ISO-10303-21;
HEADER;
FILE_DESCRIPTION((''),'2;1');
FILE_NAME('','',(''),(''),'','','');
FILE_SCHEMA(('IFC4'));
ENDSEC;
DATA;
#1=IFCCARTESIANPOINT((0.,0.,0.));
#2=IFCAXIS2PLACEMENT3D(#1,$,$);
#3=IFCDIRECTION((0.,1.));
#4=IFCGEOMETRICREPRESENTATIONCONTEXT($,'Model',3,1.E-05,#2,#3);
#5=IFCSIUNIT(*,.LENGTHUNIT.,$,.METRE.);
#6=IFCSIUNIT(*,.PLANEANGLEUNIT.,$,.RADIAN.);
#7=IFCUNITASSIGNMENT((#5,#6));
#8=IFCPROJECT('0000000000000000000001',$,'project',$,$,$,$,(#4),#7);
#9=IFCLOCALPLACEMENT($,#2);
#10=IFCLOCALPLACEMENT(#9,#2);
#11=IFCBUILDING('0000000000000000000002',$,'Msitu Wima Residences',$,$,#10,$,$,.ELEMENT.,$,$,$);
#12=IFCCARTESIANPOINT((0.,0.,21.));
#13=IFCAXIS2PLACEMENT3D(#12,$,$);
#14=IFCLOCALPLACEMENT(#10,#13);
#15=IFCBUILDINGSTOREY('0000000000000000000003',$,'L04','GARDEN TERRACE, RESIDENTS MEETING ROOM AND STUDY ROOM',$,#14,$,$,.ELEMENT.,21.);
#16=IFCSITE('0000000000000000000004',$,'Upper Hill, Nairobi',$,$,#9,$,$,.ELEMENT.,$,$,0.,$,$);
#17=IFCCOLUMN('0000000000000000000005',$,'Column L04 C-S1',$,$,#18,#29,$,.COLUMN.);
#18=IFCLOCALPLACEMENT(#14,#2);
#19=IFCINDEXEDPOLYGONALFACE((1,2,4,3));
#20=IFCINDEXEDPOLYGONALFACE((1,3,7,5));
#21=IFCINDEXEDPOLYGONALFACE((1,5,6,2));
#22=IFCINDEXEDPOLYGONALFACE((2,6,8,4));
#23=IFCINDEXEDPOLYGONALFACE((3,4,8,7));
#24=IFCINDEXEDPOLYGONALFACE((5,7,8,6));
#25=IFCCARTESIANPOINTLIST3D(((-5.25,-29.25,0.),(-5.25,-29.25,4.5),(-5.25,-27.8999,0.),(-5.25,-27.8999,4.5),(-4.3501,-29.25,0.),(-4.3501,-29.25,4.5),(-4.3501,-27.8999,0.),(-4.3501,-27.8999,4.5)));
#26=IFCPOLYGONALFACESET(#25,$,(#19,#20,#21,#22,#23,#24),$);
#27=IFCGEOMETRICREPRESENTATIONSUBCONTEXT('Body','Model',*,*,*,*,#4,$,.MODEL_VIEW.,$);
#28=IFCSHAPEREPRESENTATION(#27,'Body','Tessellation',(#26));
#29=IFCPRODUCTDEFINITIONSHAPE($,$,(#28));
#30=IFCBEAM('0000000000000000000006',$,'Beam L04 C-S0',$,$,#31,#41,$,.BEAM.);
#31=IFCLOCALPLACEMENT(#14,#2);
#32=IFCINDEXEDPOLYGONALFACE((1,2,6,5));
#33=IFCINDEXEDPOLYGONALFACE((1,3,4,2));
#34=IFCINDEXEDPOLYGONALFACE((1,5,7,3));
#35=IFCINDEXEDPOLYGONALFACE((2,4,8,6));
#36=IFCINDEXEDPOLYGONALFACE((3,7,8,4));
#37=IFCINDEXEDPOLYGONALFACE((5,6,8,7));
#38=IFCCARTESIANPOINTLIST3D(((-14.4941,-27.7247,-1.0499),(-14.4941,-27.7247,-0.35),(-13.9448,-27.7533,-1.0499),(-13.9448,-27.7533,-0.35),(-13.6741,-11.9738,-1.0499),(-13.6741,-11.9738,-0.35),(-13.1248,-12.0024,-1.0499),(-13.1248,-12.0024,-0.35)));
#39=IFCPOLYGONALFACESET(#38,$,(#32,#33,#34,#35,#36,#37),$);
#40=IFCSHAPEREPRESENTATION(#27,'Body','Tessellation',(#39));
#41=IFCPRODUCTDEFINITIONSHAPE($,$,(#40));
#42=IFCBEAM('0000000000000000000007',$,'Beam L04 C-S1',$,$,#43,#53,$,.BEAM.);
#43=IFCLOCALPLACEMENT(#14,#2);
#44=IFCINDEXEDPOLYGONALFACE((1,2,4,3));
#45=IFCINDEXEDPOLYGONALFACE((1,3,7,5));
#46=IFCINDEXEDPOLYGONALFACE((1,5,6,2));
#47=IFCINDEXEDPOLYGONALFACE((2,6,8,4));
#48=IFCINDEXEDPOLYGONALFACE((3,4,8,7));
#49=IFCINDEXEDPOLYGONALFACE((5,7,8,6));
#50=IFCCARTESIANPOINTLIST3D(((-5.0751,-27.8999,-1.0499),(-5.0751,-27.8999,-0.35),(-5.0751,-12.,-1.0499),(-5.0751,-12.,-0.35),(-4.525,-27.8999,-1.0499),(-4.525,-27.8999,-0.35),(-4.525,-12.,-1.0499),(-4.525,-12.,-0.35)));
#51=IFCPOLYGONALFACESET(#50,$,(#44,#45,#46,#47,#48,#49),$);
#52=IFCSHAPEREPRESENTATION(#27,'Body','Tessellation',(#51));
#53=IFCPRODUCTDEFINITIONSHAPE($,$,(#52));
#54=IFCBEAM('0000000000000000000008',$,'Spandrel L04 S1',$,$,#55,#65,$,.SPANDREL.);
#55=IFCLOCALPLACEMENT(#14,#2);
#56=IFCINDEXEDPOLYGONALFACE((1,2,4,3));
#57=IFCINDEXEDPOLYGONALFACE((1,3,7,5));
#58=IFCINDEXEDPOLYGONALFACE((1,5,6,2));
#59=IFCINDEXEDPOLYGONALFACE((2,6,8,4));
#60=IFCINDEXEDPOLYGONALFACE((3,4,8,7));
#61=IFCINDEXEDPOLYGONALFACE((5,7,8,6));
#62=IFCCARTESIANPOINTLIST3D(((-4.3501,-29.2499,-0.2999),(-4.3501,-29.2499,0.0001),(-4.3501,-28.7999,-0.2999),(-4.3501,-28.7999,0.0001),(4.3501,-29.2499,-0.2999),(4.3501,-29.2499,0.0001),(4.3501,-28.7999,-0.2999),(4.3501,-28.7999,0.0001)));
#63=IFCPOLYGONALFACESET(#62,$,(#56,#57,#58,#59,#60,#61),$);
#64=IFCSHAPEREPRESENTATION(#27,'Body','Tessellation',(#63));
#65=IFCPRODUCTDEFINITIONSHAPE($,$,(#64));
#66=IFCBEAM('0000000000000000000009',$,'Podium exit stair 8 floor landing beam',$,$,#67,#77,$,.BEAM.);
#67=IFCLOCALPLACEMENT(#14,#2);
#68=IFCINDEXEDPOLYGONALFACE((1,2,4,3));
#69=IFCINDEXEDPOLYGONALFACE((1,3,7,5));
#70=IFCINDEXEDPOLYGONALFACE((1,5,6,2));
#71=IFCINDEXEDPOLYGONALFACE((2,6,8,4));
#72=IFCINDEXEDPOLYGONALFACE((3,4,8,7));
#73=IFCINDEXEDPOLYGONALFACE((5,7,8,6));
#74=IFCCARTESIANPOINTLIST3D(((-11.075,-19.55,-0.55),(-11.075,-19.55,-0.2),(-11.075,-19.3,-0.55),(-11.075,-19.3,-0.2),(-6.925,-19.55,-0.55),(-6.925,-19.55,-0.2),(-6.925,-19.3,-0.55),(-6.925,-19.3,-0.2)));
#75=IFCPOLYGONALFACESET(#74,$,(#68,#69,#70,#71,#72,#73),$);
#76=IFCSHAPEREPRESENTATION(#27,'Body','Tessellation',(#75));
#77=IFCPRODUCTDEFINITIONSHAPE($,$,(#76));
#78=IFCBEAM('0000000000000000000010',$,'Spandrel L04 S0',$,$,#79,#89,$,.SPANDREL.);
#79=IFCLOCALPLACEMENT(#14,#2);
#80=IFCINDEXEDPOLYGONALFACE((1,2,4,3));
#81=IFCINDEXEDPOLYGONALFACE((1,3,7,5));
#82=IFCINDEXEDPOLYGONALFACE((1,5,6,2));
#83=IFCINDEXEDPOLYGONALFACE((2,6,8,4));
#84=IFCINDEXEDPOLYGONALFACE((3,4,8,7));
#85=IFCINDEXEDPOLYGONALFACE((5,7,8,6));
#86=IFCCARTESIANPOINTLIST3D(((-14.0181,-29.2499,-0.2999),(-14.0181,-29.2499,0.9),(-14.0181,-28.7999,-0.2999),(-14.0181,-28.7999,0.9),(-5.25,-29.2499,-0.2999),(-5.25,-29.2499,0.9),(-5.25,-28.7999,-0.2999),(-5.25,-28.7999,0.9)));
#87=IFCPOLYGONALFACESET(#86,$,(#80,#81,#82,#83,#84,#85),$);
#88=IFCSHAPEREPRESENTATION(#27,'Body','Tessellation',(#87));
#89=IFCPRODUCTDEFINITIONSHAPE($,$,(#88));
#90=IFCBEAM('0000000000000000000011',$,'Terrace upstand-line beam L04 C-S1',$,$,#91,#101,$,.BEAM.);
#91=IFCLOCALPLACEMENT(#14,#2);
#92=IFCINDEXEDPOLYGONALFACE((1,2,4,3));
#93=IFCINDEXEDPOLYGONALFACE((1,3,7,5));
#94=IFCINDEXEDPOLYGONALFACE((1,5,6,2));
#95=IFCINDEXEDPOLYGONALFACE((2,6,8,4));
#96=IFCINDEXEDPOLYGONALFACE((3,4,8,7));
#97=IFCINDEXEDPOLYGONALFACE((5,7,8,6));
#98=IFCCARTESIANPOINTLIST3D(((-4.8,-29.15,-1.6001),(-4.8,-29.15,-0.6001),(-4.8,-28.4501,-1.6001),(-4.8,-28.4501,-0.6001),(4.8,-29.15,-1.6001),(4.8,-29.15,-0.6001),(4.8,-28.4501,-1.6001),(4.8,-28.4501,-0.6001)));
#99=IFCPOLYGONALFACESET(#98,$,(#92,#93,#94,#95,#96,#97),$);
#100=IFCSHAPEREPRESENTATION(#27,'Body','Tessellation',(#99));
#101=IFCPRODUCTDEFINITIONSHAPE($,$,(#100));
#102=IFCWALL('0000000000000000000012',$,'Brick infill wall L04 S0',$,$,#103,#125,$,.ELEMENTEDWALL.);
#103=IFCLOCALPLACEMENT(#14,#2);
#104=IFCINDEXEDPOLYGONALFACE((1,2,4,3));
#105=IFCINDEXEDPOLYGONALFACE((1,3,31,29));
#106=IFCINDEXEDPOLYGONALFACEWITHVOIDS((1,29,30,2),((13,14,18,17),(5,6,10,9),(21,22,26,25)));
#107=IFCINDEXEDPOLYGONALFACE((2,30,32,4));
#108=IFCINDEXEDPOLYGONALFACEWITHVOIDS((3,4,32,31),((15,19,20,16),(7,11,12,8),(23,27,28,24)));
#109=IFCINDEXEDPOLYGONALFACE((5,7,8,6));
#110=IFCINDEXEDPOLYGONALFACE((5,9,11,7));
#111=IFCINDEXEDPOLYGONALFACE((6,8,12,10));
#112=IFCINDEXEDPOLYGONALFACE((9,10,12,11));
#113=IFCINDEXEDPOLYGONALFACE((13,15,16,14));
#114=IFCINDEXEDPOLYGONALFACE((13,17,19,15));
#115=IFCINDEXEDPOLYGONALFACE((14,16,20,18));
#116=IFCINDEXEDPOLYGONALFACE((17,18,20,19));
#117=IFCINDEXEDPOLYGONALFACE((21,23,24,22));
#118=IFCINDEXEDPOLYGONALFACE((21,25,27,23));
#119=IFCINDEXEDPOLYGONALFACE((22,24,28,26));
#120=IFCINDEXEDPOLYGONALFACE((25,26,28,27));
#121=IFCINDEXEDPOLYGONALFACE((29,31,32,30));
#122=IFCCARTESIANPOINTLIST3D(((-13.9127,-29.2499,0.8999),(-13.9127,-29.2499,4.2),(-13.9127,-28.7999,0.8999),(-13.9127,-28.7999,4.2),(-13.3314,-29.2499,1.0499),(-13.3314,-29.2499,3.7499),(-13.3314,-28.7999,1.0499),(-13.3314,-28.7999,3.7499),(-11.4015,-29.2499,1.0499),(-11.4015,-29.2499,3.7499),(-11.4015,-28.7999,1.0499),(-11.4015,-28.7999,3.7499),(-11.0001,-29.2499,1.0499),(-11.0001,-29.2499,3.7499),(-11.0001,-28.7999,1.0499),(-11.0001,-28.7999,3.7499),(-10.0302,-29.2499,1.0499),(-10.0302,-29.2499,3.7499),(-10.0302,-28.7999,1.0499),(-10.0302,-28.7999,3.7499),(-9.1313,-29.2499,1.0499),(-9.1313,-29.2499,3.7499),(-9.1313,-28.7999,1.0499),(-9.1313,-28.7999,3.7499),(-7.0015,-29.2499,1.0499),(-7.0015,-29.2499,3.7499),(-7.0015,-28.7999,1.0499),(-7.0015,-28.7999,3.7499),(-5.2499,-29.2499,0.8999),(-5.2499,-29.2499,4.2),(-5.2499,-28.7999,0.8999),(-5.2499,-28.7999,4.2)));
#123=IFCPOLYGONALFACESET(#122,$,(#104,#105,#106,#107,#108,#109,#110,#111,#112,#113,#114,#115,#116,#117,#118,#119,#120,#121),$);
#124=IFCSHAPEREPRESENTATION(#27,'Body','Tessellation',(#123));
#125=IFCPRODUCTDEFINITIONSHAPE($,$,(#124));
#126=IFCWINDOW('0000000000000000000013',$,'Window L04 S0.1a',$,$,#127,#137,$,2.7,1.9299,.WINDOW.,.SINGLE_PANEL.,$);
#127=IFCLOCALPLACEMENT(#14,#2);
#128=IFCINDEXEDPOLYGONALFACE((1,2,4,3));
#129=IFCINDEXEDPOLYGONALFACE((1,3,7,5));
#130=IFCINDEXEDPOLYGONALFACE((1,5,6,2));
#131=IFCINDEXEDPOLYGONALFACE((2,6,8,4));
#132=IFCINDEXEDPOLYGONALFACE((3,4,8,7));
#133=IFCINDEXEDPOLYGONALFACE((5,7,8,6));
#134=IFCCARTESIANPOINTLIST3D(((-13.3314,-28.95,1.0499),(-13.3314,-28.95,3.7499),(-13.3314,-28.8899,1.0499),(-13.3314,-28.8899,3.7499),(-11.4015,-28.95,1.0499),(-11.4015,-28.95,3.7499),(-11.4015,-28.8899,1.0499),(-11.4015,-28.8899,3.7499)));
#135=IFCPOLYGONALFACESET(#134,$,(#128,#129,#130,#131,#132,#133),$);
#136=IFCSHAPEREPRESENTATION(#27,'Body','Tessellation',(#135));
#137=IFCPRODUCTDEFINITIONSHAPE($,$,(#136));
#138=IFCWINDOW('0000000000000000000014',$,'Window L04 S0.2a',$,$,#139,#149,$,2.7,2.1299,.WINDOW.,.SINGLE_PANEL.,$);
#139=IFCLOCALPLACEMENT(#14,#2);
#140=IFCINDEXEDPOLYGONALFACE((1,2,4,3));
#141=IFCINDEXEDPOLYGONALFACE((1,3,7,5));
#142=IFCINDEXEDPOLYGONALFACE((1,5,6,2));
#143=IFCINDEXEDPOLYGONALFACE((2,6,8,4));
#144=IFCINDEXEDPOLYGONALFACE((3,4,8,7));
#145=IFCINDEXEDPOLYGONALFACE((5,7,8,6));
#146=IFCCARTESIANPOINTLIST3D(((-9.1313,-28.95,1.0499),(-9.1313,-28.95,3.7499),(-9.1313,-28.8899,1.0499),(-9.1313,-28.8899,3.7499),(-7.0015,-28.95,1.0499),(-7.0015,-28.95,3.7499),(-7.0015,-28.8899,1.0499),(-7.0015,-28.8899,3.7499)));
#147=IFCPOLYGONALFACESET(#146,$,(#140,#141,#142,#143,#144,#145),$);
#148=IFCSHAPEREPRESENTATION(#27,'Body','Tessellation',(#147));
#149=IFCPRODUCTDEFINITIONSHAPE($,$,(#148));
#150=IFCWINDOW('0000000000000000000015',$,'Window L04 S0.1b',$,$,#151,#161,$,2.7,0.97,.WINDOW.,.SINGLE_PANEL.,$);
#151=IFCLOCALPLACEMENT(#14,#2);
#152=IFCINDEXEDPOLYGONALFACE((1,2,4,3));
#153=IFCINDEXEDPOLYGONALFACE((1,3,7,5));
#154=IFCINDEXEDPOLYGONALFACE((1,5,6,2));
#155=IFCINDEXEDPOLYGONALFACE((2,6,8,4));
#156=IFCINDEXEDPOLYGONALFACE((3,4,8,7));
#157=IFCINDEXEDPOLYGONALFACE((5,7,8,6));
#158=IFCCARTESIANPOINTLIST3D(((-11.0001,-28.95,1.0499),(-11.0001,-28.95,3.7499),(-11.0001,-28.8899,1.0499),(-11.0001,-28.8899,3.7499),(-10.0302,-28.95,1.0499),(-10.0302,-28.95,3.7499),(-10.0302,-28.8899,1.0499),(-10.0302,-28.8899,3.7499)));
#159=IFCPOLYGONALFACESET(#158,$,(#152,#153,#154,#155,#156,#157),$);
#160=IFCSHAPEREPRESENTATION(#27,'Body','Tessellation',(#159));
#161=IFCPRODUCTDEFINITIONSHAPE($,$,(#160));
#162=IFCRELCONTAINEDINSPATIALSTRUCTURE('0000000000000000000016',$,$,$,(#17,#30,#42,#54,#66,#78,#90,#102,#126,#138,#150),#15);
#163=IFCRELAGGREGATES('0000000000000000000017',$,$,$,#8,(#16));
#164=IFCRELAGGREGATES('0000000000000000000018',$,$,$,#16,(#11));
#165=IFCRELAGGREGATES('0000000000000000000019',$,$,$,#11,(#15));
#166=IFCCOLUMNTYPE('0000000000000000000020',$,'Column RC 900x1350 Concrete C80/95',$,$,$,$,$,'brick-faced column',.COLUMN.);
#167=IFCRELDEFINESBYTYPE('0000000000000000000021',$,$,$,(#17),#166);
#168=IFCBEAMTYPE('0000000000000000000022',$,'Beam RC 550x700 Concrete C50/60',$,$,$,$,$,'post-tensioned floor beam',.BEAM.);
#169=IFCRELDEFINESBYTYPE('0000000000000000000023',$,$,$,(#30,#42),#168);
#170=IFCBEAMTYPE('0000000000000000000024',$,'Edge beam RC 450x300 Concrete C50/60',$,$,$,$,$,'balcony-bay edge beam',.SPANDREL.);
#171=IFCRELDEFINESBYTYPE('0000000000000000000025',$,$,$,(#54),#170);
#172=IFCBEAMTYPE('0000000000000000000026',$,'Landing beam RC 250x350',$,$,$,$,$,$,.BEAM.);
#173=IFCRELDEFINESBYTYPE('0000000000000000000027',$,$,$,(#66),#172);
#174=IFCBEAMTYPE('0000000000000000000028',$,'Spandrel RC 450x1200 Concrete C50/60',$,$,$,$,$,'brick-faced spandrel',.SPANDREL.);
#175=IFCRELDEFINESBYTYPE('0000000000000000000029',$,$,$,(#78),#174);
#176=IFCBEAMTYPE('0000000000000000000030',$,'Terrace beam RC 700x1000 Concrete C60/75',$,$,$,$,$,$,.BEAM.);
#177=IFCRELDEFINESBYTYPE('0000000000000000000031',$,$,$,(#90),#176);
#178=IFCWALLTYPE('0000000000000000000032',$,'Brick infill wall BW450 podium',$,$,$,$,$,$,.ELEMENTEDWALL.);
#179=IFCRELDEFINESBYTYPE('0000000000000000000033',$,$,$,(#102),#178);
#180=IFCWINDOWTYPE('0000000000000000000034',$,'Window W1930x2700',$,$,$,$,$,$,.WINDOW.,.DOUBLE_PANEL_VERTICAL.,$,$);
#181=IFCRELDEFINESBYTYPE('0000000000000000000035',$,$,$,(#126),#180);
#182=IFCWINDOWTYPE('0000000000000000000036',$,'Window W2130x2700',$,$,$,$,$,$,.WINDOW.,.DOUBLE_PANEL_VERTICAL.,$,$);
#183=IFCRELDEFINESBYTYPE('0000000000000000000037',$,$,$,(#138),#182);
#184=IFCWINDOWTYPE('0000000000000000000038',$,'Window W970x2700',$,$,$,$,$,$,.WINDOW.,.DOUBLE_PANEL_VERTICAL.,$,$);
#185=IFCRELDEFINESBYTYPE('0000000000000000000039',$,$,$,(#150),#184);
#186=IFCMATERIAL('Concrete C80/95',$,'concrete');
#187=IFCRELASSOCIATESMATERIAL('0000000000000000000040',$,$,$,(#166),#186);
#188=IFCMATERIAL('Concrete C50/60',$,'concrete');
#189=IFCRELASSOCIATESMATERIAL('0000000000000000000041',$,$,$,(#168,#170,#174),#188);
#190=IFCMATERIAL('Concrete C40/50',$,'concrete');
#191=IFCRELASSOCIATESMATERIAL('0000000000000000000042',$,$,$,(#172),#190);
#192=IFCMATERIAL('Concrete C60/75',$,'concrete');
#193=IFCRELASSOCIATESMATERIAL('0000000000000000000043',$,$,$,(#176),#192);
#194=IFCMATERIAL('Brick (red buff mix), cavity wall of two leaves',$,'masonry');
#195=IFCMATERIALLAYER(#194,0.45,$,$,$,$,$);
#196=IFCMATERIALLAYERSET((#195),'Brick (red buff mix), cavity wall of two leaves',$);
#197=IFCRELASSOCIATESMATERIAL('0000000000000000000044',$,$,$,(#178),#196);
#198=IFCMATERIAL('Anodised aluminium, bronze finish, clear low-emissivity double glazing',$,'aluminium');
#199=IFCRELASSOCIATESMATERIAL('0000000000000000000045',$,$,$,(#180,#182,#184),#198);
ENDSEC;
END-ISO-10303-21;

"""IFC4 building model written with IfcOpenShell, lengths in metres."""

from ifc_helpers import new_model, si_unit, direction, frame, frame_2d, origin, origin_2d, place, context, subcontext, project, spatial, rectangle, extrude, material, layer, layer_set, material_profile, profile_set, type_object, element, fill, save


model = new_model("IFC4")

# Units and contexts
model_context = context("Model", 3, precision=1e-05, world=origin(), true_north=direction((0.0, 1.0)))
body_context = subcontext(model_context, "Body", "Model", "MODEL_VIEW")
ifc_project = project(units=[si_unit("LENGTHUNIT", "METRE"), si_unit("PLANEANGLEUNIT", "RADIAN")], contexts=[model_context])

# Site, building, storey
site_placement = place(None, origin())
site = spatial("IfcSite", under=ifc_project, at=site_placement, Name="Upper Hill, Nairobi", CompositionType="ELEMENT", RefElevation=0.0)
building_placement = place(site_placement, origin())
building = spatial("IfcBuilding", under=site, at=building_placement, Name="Msitu Wima Residences", CompositionType="ELEMENT")
storey_placement = place(building_placement, frame((0.0, 0.0, 21.0)))
storey = spatial("IfcBuildingStorey", under=building, at=storey_placement, Name="L04", Description="GARDEN TERRACE, RESIDENTS MEETING ROOM AND STUDY ROOM", CompositionType="ELEMENT", Elevation=21.0)

# Column
ifc_material_1 = material(Name="Concrete C80/95", Category="concrete")
ifc_material_profile_1 = material_profile(ifc_material_1, rectangle(XDim=0.8999, YDim=1.3501, at=origin_2d()), Name="RC 900x1350")
ifc_profile_set_1 = profile_set([ifc_material_profile_1], Name="Concrete C80/95")
column_type = type_object("IfcColumnType", Name="Column RC 900x1350 Concrete C80/95", ElementType="brick-faced column", PredefinedType="COLUMN", material=ifc_profile_set_1)
column_placement = place(storey_placement, frame((-4.8, -28.575, 0.0), z_axis=(0.0, 0.0, 1.0), x_axis=(1.0, 0.0, 0.0)))
element("IfcColumn", 1, at=column_placement, inside=storey, type_object=column_type, Name="Column L04 C-S1", PredefinedType="COLUMN", context=body_context, shape_type="SweptSolid", body=[
    extrude(rectangle(XDim=0.8999, YDim=1.3501, at=origin_2d()), origin(), (0.0, 0.0, 1.0), 4.5),
])

# Beams
ifc_material_2 = material(Name="Concrete C50/60", Category="concrete")
ifc_material_profile_2 = material_profile(ifc_material_2, rectangle(XDim=0.55, YDim=0.7, at=origin_2d()), Name="RC 550x700")
ifc_profile_set_2 = profile_set([ifc_material_profile_2], Name="Concrete C50/60")
beam_type_1 = type_object("IfcBeamType", Name="Beam RC 550x700 Concrete C50/60", ElementType="post-tensioned floor beam", PredefinedType="BEAM", material=ifc_profile_set_2)
beam_1_placement = place(storey_placement, frame((-14.2195, -27.739, -0.7), z_axis=(0.051994, 0.998647, 0.0), x_axis=(-0.998647, 0.051994, 0.0)))
element("IfcBeam", 2, at=beam_1_placement, inside=storey, type_object=beam_type_1, Name="Beam L04 C-S0", PredefinedType="BEAM", context=body_context, shape_type="SweptSolid", body=[
    extrude(rectangle(XDim=0.55, YDim=0.7, at=origin_2d()), origin(), (0.0, 0.0, 1.0), 15.7722),
])
beam_2_placement = place(storey_placement, frame((-4.8, -27.8999, -0.7), z_axis=(0.0, 1.0, 0.0), x_axis=(-1.0, 0.0, 0.0)))
element("IfcBeam", 3, at=beam_2_placement, inside=storey, type_object=beam_type_1, Name="Beam L04 C-S1", PredefinedType="BEAM", context=body_context, shape_type="SweptSolid", body=[
    extrude(rectangle(XDim=0.55, YDim=0.7, at=origin_2d()), origin(), (0.0, 0.0, 1.0), 15.8999),
])
ifc_material_profile_3 = material_profile(ifc_material_2, rectangle(XDim=0.45, YDim=0.3, at=origin_2d()), Name="RC 450x300")
ifc_profile_set_3 = profile_set([ifc_material_profile_3], Name="Concrete C50/60")
beam_type_2 = type_object("IfcBeamType", Name="Edge beam RC 450x300 Concrete C50/60", ElementType="balcony-bay edge beam", PredefinedType="SPANDREL", material=ifc_profile_set_3)
beam_3_placement = place(storey_placement, frame((-4.3501, -29.0249, -0.1499), z_axis=(1.0, 0.0, 0.0), x_axis=(0.0, 1.0, 0.0)))
element("IfcBeam", 4, at=beam_3_placement, inside=storey, type_object=beam_type_2, Name="Spandrel L04 S1", PredefinedType="SPANDREL", context=body_context, shape_type="SweptSolid", body=[
    extrude(rectangle(XDim=0.45, YDim=0.3, at=origin_2d()), origin(), (0.0, 0.0, 1.0), 8.7002),
])
ifc_material_3 = material(Name="Concrete C40/50", Category="concrete")
ifc_material_profile_4 = material_profile(ifc_material_3, rectangle(XDim=0.25, YDim=0.3501, at=origin_2d()), Name="RC 250x350")
ifc_profile_set_4 = profile_set([ifc_material_profile_4], Name="Concrete C40/50")
beam_type_3 = type_object("IfcBeamType", Name="Landing beam RC 250x350", PredefinedType="BEAM", material=ifc_profile_set_4)
beam_4_placement = place(storey_placement, frame((-6.925, -19.425, -0.375), z_axis=(-1.0, 0.0, 0.0), x_axis=(0.0, -1.0, 0.0)))
element("IfcBeam", 5, at=beam_4_placement, inside=storey, type_object=beam_type_3, Name="Podium exit stair 8 floor landing beam", PredefinedType="BEAM", context=body_context, shape_type="SweptSolid", body=[
    extrude(rectangle(XDim=0.25, YDim=0.3501, at=origin_2d()), origin(), (0.0, 0.0, 1.0), 4.1499),
])
ifc_material_profile_5 = material_profile(ifc_material_2, rectangle(XDim=0.45, YDim=1.2, at=origin_2d()), Name="RC 450x1200")
ifc_profile_set_5 = profile_set([ifc_material_profile_5], Name="Concrete C50/60")
beam_type_4 = type_object("IfcBeamType", Name="Spandrel RC 450x1200 Concrete C50/60", ElementType="brick-faced spandrel", PredefinedType="SPANDREL", material=ifc_profile_set_5)
beam_5_placement = place(storey_placement, frame((-14.0181, -29.0249, 0.3), z_axis=(1.0, 0.0, 0.0), x_axis=(0.0, 1.0, 0.0)))
element("IfcBeam", 6, at=beam_5_placement, inside=storey, type_object=beam_type_4, Name="Spandrel L04 S0", PredefinedType="SPANDREL", context=body_context, shape_type="SweptSolid", body=[
    extrude(rectangle(XDim=0.45, YDim=1.2, at=origin_2d()), origin(), (0.0, 0.0, 1.0), 8.7681),
])
ifc_material_4 = material(Name="Concrete C60/75", Category="concrete")
ifc_material_profile_6 = material_profile(ifc_material_4, rectangle(XDim=0.7, YDim=1.0, at=origin_2d()), Name="RC 700x1000")
ifc_profile_set_6 = profile_set([ifc_material_profile_6], Name="Concrete C60/75")
beam_type_5 = type_object("IfcBeamType", Name="Terrace beam RC 700x1000 Concrete C60/75", PredefinedType="BEAM", material=ifc_profile_set_6)
beam_6_placement = place(storey_placement, frame((-4.8, -28.8, -1.1001), z_axis=(1.0, 0.0, 0.0), x_axis=(0.0, 1.0, 0.0)))
element("IfcBeam", 7, at=beam_6_placement, inside=storey, type_object=beam_type_5, Name="Terrace upstand-line beam L04 C-S1", PredefinedType="BEAM", context=body_context, shape_type="SweptSolid", body=[
    extrude(rectangle(XDim=0.7, YDim=1.0, at=origin_2d()), origin(), (0.0, 0.0, 1.0), 9.6001),
])

# Wall, openings, windows
ifc_material_5 = material(Name="Brick (red buff mix), cavity wall of two leaves", Category="masonry")
ifc_layer_1 = layer(ifc_material_5, 0.45)
ifc_layer_set_1 = layer_set([ifc_layer_1], Name="Brick (red buff mix), cavity wall of two leaves")
wall_type_1 = type_object("IfcWallType", Name="Brick infill wall BW450 podium", PredefinedType="ELEMENTEDWALL", material=ifc_layer_set_1)
wall_1_placement = place(storey_placement, frame((-13.9128, -29.0249, 0.8999), z_axis=(0.0, 0.0, 1.0), x_axis=(1.0, 0.0, 0.0)))
wall_1 = element("IfcWall", 8, at=wall_1_placement, inside=storey, type_object=wall_type_1, Name="Brick infill wall L04 S0", PredefinedType="ELEMENTEDWALL", context=body_context, shape_type="SweptSolid", body=[
    extrude(rectangle(XDim=8.6628, YDim=0.45, at=frame_2d((4.3315, 0.0))), origin(), (0.0, 0.0, 1.0), 3.3),
])
opening_1_placement = place(wall_1_placement, frame((0.5815, 0.0, 0.1499)))
opening_1 = element("IfcOpeningElement", 9, at=opening_1_placement, cuts=wall_1, PredefinedType="OPENING", context=body_context, shape_type="SweptSolid", body=[
    extrude(rectangle(XDim=1.9299, YDim=2.7, at=frame_2d((0.9648, 1.3501))), frame((0.0, 0.2349, 0.0), z_axis=(0.0, -1.0, 0.0), x_axis=(1.0, 0.0, 0.0)), (0.0, 0.0, 1.0), 0.47),
])
opening_2_placement = place(wall_1_placement, frame((2.9128, 0.0, 0.1499)))
opening_2 = element("IfcOpeningElement", 10, at=opening_2_placement, cuts=wall_1, PredefinedType="OPENING", context=body_context, shape_type="SweptSolid", body=[
    extrude(rectangle(XDim=0.97, YDim=2.7, at=frame_2d((0.4849, 1.3501))), frame((0.0, 0.2349, 0.0), z_axis=(0.0, -1.0, 0.0), x_axis=(1.0, 0.0, 0.0)), (0.0, 0.0, 1.0), 0.47),
])
opening_3_placement = place(wall_1_placement, frame((4.7815, 0.0, 0.1499)))
opening_3 = element("IfcOpeningElement", 11, at=opening_3_placement, cuts=wall_1, PredefinedType="OPENING", context=body_context, shape_type="SweptSolid", body=[
    extrude(rectangle(XDim=2.1299, YDim=2.7, at=frame_2d((1.0649, 1.3501))), frame((0.0, 0.2349, 0.0), z_axis=(0.0, -1.0, 0.0), x_axis=(1.0, 0.0, 0.0)), (0.0, 0.0, 1.0), 0.47),
])
ifc_material_6 = material(Name="Anodised aluminium, bronze finish, clear low-emissivity double glazing", Category="aluminium")
window_type_1 = type_object("IfcWindowType", Name="Window W1930x2700", PartitioningType="DOUBLE_PANEL_VERTICAL", PredefinedType="WINDOW", material=ifc_material_6)
window_1_placement = place(opening_1_placement, origin())
window_1 = element("IfcWindow", 12, at=window_1_placement, inside=storey, type_object=window_type_1, Name="Window L04 S0.1a", OverallHeight=2.7, OverallWidth=1.9299, PartitioningType="SINGLE_PANEL", PredefinedType="WINDOW", context=body_context, shape_type="SweptSolid", body=[
    extrude(rectangle(XDim=1.9299, YDim=2.7, at=frame_2d((0.9648, 1.3501))), frame((0.0, 0.135, 0.0), z_axis=(0.0, -1.0, 0.0), x_axis=(1.0, 0.0, 0.0)), (0.0, 0.0, 1.0), 0.0601),
])
fill(opening_1, window_1)
window_type_2 = type_object("IfcWindowType", Name="Window W2130x2700", PartitioningType="DOUBLE_PANEL_VERTICAL", PredefinedType="WINDOW", material=ifc_material_6)
window_2_placement = place(opening_3_placement, origin())
window_2 = element("IfcWindow", 13, at=window_2_placement, inside=storey, type_object=window_type_2, Name="Window L04 S0.2a", OverallHeight=2.7, OverallWidth=2.1299, PartitioningType="SINGLE_PANEL", PredefinedType="WINDOW", context=body_context, shape_type="SweptSolid", body=[
    extrude(rectangle(XDim=2.1299, YDim=2.7, at=frame_2d((1.0649, 1.3501))), frame((0.0, 0.135, 0.0), z_axis=(0.0, -1.0, 0.0), x_axis=(1.0, 0.0, 0.0)), (0.0, 0.0, 1.0), 0.0601),
])
fill(opening_3, window_2)
window_type_3 = type_object("IfcWindowType", Name="Window W970x2700", PartitioningType="DOUBLE_PANEL_VERTICAL", PredefinedType="WINDOW", material=ifc_material_6)
window_3_placement = place(opening_2_placement, origin())
window_3 = element("IfcWindow", 14, at=window_3_placement, inside=storey, type_object=window_type_3, Name="Window L04 S0.1b", OverallHeight=2.7, OverallWidth=0.97, PartitioningType="SINGLE_PANEL", PredefinedType="WINDOW", context=body_context, shape_type="SweptSolid", body=[
    extrude(rectangle(XDim=0.97, YDim=2.7, at=frame_2d((0.4849, 1.3501))), frame((0.0, 0.135, 0.0), z_axis=(0.0, -1.0, 0.0), x_axis=(1.0, 0.0, 0.0)), (0.0, 0.0, 1.0), 0.0601),
])
fill(opening_2, window_3)

save(model, "model.ifc")
